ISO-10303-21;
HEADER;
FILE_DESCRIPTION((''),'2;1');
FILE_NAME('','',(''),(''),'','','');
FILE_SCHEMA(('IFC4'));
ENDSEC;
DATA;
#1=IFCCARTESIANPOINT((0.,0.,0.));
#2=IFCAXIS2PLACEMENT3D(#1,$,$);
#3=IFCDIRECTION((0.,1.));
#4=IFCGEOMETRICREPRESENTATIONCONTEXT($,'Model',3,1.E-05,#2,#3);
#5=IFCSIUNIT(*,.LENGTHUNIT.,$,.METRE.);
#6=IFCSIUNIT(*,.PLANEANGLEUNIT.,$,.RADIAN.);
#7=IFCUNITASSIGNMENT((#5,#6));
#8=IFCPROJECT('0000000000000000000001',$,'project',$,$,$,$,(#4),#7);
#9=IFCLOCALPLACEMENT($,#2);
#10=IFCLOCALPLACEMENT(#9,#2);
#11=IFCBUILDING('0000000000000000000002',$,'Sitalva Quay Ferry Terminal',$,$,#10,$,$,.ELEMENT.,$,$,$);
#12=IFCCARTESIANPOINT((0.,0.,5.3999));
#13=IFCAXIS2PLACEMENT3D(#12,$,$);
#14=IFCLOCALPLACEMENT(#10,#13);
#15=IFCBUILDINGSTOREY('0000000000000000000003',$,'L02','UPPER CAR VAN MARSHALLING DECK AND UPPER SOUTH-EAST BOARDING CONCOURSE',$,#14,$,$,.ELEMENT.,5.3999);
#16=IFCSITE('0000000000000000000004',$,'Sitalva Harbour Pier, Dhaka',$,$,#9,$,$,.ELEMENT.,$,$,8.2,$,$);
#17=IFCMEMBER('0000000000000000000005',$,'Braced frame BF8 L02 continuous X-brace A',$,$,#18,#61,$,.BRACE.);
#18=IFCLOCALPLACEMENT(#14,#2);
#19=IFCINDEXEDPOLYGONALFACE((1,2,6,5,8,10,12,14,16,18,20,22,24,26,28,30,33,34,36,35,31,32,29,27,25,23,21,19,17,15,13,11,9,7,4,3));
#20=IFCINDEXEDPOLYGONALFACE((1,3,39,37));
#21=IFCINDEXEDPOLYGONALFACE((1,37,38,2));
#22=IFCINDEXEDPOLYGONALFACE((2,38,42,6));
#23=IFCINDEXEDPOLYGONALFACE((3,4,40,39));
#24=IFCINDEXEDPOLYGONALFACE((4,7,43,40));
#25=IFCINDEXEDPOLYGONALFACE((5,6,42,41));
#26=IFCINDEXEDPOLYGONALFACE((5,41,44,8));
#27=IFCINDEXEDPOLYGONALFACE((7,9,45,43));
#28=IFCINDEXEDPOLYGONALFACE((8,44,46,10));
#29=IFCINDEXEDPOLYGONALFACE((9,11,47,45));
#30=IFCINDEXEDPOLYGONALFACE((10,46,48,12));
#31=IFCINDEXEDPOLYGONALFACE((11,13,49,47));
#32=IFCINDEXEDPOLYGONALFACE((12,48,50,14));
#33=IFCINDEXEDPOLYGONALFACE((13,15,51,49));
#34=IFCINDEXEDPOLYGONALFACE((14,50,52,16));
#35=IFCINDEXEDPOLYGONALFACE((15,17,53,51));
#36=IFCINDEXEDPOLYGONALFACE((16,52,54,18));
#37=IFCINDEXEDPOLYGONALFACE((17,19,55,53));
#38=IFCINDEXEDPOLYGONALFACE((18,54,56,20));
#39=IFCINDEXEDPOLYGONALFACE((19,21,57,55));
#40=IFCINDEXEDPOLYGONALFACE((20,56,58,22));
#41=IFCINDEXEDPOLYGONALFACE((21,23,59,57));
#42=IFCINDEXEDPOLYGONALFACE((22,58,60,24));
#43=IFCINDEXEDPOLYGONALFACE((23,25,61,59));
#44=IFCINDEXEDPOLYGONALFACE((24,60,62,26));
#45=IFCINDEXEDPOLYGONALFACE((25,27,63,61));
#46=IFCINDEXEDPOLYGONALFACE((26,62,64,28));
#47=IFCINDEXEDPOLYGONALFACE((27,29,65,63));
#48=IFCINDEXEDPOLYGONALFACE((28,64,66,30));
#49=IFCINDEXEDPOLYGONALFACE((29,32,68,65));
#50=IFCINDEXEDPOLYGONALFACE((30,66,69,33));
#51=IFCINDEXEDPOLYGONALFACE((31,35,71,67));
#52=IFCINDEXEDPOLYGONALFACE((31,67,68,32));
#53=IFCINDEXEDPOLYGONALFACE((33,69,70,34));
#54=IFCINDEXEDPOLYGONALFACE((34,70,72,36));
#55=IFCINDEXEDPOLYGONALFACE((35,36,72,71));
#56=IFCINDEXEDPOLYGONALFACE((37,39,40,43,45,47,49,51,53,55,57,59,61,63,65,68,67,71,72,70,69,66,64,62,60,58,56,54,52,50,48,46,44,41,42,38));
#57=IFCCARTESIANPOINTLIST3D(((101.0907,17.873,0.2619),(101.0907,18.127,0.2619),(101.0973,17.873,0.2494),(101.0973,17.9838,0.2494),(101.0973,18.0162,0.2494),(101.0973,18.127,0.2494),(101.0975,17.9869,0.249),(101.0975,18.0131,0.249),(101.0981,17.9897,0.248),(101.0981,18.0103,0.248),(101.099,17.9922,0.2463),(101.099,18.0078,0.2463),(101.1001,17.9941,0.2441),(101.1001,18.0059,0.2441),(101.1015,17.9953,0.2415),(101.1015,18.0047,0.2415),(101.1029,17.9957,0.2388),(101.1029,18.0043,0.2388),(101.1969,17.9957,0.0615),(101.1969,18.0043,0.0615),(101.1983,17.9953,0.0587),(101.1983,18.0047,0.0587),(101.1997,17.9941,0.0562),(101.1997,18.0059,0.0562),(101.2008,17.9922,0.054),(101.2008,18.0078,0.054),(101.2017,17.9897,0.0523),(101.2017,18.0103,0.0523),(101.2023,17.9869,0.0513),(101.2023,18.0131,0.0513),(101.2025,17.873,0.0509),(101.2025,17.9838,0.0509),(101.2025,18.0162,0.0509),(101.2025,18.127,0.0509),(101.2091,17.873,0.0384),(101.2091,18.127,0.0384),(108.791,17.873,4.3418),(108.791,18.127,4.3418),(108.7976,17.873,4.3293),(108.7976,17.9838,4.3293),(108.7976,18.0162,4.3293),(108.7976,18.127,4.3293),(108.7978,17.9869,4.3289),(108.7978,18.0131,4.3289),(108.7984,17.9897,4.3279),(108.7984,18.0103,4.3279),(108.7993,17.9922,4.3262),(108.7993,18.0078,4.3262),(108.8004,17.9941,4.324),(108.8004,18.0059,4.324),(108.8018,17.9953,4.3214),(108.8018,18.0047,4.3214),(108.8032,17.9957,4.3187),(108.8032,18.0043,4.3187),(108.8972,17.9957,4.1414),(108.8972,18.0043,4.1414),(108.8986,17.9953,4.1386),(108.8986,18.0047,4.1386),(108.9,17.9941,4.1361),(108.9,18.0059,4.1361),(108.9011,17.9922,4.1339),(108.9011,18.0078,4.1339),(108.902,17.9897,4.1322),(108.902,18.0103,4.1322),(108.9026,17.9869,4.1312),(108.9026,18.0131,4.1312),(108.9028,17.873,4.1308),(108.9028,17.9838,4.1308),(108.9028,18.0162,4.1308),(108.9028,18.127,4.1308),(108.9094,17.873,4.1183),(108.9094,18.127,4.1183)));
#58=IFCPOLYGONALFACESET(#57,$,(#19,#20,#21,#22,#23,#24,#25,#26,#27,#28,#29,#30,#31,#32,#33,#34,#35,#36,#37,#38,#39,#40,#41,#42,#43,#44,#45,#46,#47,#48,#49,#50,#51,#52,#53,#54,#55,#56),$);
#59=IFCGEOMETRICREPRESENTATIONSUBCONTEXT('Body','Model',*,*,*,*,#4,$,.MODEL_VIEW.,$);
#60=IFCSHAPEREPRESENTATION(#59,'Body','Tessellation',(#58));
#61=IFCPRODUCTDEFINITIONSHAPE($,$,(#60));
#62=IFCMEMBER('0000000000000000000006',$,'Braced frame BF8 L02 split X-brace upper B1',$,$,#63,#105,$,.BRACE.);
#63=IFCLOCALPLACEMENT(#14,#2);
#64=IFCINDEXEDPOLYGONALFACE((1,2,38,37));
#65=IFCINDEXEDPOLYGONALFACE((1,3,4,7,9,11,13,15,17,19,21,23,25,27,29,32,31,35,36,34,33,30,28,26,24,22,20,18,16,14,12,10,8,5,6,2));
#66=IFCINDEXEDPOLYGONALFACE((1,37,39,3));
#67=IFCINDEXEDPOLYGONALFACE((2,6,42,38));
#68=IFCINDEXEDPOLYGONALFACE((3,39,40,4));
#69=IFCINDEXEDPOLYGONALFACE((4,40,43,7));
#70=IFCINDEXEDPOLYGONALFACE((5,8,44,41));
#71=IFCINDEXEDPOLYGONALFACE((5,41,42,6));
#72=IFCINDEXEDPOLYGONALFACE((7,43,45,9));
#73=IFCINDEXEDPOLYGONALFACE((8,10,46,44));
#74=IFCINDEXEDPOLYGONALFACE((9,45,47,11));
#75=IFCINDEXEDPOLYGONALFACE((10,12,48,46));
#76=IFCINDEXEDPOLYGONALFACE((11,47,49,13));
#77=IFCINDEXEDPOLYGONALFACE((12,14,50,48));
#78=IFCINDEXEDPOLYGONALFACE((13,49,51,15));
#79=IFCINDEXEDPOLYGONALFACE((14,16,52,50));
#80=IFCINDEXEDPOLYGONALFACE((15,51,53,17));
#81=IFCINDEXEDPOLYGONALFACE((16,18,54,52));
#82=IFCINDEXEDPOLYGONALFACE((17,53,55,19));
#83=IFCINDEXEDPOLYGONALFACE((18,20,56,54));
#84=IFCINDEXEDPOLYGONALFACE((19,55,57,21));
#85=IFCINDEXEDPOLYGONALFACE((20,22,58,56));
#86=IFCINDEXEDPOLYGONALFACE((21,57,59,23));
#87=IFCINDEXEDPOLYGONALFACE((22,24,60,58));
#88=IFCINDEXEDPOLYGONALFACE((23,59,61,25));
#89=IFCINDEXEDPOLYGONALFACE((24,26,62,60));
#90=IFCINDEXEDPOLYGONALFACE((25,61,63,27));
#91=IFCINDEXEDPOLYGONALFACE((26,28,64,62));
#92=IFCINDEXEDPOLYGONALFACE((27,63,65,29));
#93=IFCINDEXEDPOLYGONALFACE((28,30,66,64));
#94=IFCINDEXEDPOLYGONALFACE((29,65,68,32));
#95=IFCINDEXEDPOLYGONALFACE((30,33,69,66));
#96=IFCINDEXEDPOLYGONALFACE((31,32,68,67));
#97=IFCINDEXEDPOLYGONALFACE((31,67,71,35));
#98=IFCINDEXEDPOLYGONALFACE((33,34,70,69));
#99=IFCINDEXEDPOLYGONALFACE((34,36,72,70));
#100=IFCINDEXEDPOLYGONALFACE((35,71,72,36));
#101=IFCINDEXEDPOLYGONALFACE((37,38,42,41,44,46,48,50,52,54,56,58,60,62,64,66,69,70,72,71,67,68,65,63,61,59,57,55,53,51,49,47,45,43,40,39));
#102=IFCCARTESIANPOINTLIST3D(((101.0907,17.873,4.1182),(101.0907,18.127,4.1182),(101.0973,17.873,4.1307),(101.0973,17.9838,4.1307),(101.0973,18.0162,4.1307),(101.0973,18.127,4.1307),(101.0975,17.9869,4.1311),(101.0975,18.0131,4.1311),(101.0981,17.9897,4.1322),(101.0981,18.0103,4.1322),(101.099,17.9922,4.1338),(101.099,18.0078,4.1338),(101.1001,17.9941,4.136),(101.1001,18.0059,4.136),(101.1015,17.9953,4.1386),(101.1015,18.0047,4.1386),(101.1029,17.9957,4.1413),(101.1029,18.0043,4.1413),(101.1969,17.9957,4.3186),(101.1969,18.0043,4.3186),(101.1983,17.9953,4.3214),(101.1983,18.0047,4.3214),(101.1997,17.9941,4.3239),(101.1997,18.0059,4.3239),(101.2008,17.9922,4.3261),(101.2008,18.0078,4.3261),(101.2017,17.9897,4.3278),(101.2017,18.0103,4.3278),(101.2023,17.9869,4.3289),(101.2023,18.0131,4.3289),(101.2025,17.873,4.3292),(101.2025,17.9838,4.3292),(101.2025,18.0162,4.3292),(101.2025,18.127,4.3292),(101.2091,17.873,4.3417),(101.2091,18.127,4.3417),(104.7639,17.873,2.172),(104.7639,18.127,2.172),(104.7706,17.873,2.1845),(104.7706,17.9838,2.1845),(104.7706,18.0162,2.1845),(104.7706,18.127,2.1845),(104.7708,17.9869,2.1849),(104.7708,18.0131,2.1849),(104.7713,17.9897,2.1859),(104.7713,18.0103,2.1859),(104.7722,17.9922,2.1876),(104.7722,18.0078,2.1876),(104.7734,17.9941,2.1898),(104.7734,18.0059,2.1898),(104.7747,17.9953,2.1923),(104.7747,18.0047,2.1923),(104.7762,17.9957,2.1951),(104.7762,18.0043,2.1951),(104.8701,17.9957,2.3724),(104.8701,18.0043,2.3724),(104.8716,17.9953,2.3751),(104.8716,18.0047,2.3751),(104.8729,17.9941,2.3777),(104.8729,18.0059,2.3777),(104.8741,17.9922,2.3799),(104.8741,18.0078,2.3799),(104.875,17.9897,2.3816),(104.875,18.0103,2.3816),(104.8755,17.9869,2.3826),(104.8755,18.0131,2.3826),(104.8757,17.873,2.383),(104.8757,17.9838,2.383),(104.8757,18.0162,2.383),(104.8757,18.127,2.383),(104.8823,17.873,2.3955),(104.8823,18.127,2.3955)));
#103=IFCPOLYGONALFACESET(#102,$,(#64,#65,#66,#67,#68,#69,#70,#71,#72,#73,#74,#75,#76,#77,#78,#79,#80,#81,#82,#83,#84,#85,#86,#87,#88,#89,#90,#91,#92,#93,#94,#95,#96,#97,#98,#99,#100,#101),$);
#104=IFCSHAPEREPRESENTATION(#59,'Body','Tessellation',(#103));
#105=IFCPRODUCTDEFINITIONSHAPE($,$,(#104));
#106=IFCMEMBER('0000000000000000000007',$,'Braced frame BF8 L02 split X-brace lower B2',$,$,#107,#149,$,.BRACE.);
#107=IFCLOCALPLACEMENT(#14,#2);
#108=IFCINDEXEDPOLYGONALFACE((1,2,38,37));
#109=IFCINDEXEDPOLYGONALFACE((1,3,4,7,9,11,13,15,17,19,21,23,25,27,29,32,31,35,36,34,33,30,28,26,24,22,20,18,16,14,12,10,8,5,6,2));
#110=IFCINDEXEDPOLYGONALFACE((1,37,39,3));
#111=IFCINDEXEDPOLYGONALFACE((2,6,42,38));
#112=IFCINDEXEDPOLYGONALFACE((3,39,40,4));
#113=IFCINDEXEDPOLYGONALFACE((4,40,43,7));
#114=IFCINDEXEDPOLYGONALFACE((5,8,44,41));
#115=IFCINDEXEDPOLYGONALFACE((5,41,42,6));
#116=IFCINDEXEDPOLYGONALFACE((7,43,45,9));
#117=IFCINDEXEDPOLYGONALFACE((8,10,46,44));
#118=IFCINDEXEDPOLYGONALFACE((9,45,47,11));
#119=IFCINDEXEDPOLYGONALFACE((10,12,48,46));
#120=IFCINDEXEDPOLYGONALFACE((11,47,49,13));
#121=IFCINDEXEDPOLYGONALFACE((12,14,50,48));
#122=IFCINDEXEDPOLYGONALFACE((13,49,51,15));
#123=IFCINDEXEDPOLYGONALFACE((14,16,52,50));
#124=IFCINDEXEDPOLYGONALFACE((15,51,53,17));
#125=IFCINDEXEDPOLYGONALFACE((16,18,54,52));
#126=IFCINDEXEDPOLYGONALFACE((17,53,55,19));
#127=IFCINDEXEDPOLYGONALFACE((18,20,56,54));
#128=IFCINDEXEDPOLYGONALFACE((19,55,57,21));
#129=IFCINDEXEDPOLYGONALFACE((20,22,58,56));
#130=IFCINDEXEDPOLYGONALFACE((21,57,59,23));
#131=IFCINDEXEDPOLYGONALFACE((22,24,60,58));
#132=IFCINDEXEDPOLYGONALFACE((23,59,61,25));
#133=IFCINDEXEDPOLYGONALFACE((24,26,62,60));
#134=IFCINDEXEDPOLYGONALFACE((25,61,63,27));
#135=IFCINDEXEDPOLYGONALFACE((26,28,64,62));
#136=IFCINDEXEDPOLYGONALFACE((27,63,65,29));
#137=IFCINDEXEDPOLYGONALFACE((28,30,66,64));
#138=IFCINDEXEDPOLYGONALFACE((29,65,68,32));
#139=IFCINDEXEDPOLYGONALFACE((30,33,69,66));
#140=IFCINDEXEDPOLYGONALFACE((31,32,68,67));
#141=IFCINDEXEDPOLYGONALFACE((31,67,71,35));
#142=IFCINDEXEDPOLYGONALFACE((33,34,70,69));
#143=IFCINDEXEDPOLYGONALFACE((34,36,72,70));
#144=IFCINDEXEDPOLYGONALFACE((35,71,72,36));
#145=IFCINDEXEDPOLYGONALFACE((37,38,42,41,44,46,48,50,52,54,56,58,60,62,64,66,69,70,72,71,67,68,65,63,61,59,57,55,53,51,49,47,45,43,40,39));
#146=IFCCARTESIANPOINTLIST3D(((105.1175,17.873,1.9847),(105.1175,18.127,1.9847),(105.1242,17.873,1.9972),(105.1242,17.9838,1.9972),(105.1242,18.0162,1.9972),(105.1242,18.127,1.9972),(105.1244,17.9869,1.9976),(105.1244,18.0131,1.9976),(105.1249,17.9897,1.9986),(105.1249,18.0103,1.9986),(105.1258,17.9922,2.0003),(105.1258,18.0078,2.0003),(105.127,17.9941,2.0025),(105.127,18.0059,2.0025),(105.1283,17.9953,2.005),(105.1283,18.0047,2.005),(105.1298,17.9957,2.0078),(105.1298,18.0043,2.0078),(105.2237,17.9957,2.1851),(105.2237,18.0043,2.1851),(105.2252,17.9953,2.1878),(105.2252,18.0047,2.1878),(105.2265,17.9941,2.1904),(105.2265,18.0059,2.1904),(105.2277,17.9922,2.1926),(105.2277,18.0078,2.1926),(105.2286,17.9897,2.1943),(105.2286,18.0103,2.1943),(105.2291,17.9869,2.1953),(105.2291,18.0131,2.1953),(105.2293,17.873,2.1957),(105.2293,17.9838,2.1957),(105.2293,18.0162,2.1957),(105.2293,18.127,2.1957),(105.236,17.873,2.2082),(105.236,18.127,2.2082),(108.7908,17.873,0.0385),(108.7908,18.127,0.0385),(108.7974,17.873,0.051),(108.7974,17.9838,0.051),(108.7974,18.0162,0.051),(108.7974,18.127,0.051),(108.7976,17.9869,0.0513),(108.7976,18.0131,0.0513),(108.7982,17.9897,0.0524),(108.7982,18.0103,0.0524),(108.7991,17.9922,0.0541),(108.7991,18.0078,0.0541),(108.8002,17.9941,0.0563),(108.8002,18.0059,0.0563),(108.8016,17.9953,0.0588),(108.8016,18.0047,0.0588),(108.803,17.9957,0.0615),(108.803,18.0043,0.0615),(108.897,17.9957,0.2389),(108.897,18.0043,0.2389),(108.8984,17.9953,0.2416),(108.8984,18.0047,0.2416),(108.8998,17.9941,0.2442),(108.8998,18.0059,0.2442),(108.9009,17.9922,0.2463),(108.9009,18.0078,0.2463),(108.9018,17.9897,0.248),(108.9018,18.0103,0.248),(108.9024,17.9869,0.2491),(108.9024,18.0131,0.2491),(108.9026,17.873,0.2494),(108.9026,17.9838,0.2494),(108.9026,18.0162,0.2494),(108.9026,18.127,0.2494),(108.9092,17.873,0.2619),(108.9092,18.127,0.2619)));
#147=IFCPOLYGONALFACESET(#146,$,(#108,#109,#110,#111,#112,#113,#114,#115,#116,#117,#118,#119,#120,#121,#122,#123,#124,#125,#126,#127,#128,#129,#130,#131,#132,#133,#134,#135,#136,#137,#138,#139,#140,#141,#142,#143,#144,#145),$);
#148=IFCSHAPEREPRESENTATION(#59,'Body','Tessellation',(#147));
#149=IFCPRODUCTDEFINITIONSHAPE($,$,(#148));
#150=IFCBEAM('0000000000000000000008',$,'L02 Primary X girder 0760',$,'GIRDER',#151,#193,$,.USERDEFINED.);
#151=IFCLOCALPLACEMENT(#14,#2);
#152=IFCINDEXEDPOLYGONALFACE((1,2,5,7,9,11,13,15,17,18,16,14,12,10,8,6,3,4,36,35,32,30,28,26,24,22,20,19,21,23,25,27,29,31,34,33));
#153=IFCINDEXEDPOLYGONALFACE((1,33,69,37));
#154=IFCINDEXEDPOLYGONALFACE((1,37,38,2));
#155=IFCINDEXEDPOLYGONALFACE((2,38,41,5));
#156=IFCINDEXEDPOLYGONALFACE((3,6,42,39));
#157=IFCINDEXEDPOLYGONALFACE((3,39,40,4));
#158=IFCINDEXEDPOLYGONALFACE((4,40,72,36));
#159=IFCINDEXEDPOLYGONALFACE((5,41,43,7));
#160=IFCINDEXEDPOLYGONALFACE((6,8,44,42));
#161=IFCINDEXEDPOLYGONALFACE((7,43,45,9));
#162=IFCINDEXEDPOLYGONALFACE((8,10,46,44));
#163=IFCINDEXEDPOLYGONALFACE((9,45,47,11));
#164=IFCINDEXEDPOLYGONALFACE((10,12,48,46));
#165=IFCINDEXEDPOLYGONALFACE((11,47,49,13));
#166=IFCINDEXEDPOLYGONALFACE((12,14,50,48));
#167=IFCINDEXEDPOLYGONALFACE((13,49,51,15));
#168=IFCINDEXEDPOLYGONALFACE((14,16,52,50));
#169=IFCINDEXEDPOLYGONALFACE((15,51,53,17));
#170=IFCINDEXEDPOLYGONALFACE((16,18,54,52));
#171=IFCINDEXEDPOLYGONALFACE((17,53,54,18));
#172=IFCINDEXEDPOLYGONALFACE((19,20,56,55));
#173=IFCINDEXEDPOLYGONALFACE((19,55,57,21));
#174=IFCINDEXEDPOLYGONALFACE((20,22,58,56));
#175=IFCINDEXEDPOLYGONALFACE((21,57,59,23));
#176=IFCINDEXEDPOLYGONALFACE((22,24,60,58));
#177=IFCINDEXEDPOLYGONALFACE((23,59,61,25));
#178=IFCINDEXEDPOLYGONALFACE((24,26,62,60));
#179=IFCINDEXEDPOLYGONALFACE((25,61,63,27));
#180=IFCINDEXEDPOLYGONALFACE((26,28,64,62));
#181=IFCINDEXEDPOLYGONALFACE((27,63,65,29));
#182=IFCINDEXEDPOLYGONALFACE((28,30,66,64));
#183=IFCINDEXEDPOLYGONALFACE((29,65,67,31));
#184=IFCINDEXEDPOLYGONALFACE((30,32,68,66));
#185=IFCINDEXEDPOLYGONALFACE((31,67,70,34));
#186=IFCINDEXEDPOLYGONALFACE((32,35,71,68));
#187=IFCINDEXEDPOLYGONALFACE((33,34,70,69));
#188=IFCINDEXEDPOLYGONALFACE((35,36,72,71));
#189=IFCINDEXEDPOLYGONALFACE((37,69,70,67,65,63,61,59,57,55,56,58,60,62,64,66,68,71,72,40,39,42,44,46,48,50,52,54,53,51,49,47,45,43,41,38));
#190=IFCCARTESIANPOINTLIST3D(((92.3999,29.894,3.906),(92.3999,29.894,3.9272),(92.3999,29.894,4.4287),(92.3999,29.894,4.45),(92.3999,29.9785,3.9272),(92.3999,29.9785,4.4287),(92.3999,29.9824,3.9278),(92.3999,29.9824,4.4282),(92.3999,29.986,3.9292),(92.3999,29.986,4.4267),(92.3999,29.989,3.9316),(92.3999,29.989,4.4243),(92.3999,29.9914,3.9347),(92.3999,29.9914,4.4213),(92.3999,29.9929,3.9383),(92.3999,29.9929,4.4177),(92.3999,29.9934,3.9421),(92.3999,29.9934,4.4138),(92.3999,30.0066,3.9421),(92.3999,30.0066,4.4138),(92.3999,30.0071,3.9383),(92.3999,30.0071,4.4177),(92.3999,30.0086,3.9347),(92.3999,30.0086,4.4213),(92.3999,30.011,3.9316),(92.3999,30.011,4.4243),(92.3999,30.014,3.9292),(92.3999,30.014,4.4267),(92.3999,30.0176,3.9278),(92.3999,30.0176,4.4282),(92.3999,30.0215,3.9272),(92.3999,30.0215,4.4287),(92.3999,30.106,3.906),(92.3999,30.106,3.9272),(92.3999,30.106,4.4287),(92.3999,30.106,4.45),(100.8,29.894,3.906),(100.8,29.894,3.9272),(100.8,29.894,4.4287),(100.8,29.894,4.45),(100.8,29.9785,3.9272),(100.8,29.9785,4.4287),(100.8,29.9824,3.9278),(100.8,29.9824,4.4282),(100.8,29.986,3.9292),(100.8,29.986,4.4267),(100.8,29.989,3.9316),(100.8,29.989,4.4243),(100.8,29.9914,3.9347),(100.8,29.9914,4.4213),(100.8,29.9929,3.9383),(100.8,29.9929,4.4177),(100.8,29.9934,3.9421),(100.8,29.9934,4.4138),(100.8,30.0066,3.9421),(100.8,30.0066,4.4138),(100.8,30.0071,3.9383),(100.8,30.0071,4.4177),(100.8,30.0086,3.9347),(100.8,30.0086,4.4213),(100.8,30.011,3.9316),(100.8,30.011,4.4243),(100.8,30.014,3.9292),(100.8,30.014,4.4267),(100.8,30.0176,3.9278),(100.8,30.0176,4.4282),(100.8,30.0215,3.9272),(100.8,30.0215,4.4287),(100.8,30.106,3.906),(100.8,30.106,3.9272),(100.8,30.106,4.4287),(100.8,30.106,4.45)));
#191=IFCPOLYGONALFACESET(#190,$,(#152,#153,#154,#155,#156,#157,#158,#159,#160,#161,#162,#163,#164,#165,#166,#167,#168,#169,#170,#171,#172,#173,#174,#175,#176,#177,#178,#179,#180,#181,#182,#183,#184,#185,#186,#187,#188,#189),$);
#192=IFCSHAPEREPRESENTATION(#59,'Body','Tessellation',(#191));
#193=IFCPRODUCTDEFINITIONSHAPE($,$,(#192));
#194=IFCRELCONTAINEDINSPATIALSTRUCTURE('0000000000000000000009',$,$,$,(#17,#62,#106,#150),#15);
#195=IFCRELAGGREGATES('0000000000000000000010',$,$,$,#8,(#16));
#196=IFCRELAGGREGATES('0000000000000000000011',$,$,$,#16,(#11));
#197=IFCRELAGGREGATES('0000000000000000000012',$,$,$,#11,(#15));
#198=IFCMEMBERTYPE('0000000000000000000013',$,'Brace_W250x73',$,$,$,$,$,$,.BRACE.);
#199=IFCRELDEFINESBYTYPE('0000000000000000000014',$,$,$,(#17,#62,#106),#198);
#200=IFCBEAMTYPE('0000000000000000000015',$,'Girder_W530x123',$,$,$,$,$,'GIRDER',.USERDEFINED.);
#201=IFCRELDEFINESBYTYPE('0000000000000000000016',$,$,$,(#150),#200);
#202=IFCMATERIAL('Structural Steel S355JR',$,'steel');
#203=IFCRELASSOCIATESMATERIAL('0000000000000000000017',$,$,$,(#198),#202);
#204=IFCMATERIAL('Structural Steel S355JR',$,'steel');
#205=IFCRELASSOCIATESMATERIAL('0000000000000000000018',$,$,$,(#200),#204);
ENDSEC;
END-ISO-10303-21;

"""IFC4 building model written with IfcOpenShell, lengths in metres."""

from ifc_helpers import new_model, si_unit, direction, frame, origin, origin_2d, place, context, subcontext, project, spatial, i_section, extrude, material, material_profile, profile_set, type_object, element, save


model = new_model("IFC4")

# Units and contexts
model_context = context("Model", 3, precision=1e-05, world=origin(), true_north=direction((0.0, 1.0)))
body_context = subcontext(model_context, "Body", "Model", "MODEL_VIEW")
ifc_project = project(units=[si_unit("LENGTHUNIT", "METRE"), si_unit("PLANEANGLEUNIT", "RADIAN")], contexts=[model_context])

# Site, building, storey
site_placement = place(None, origin())
site = spatial("IfcSite", under=ifc_project, at=site_placement, Name="Sitalva Harbour Pier, Dhaka", CompositionType="ELEMENT", RefElevation=8.2)
building_placement = place(site_placement, origin())
building = spatial("IfcBuilding", under=site, at=building_placement, Name="Sitalva Quay Ferry Terminal", CompositionType="ELEMENT")
storey_placement = place(building_placement, frame((0.0, 0.0, 5.3999)))
storey = spatial("IfcBuildingStorey", under=building, at=storey_placement, Name="L02", Description="UPPER CAR VAN MARSHALLING DECK AND UPPER SOUTH-EAST BOARDING CONCOURSE", CompositionType="ELEMENT", Elevation=5.3999)

# Members
ifc_material_1 = material(Name="Structural Steel S355JR", Category="steel")
ifc_material_profile_1 = material_profile(ifc_material_1, i_section(OverallWidth=0.2539, OverallDepth=0.2529, WebThickness=0.0085, FlangeThickness=0.0142, FilletRadius=0.012, at=origin_2d()), Name="W250x73")
ifc_profile_set_1 = profile_set([ifc_material_profile_1], Name="Structural Steel S355JR")
member_type = type_object("IfcMemberType", Name="Brace_W250x73", PredefinedType="BRACE", material=ifc_profile_set_1)
member_placement = place(storey_placement, frame((101.1499, 18.0, 0.1501), z_axis=(0.883633, 0.0, 0.46818), x_axis=(0.0, 1.0, 0.0)))
element("IfcMember", 1, at=member_placement, inside=storey, type_object=member_type, Name="Braced frame BF8 L02 continuous X-brace A", PredefinedType="BRACE", context=body_context, shape_type="SweptSolid", body=[
    extrude(i_section(OverallWidth=0.2539, OverallDepth=0.2529, WebThickness=0.0085, FlangeThickness=0.0142, FilletRadius=0.012, at=origin_2d()), origin(), (0.0, 0.0, 1.0), 8.7144),
])
for number, where, z_axis, x_axis, name in (
    (2, (101.1499, 18.0, 4.23), (0.883631, 0.0, -0.468185), (0.0, 1.0, 0.0), "Braced frame BF8 L02 split X-brace upper B1"),
    (3, (105.1768, 18.0, 2.0964), (0.883631, 0.0, -0.468185), (0.0, 1.0, 0.0), "Braced frame BF8 L02 split X-brace lower B2"),
):
    element("IfcMember", number, at=place(storey_placement, frame(where, z_axis=z_axis, x_axis=x_axis)), inside=storey, type_object=member_type, Name=name, PredefinedType="BRACE", context=body_context, shape_type="SweptSolid", body=[
        extrude(i_section(OverallWidth=0.2539, OverallDepth=0.2529, WebThickness=0.0085, FlangeThickness=0.0142, FilletRadius=0.012, at=origin_2d()), origin(), (0.0, 0.0, 1.0), 4.157),
    ])

# Beam
ifc_material_2 = material(Name="Structural Steel S355JR", Category="steel")
ifc_material_profile_2 = material_profile(ifc_material_2, i_section(OverallWidth=0.2119, OverallDepth=0.5439, WebThickness=0.0132, FlangeThickness=0.0212, FilletRadius=0.0149, at=origin_2d()), Name="W530x123")
ifc_profile_set_2 = profile_set([ifc_material_profile_2], Name="Structural Steel S355JR")
beam_type_1 = type_object("IfcBeamType", Name="Girder_W530x123", ElementType="GIRDER", PredefinedType="USERDEFINED", material=ifc_profile_set_2)
beam_1_placement = place(storey_placement, frame((92.3999, 30.0, 4.178), z_axis=(1.0, 0.0, 0.0), x_axis=(0.0, 1.0, 0.0)))
element("IfcBeam", 4, at=beam_1_placement, inside=storey, type_object=beam_type_1, Name="L02 Primary X girder 0760", ObjectType="GIRDER", PredefinedType="USERDEFINED", context=body_context, shape_type="SweptSolid", body=[
    extrude(i_section(OverallWidth=0.2119, OverallDepth=0.5439, WebThickness=0.0132, FlangeThickness=0.0212, FilletRadius=0.0149, at=origin_2d()), origin(), (0.0, 0.0, 1.0), 8.4001),
])

save(model, "model.ifc")
